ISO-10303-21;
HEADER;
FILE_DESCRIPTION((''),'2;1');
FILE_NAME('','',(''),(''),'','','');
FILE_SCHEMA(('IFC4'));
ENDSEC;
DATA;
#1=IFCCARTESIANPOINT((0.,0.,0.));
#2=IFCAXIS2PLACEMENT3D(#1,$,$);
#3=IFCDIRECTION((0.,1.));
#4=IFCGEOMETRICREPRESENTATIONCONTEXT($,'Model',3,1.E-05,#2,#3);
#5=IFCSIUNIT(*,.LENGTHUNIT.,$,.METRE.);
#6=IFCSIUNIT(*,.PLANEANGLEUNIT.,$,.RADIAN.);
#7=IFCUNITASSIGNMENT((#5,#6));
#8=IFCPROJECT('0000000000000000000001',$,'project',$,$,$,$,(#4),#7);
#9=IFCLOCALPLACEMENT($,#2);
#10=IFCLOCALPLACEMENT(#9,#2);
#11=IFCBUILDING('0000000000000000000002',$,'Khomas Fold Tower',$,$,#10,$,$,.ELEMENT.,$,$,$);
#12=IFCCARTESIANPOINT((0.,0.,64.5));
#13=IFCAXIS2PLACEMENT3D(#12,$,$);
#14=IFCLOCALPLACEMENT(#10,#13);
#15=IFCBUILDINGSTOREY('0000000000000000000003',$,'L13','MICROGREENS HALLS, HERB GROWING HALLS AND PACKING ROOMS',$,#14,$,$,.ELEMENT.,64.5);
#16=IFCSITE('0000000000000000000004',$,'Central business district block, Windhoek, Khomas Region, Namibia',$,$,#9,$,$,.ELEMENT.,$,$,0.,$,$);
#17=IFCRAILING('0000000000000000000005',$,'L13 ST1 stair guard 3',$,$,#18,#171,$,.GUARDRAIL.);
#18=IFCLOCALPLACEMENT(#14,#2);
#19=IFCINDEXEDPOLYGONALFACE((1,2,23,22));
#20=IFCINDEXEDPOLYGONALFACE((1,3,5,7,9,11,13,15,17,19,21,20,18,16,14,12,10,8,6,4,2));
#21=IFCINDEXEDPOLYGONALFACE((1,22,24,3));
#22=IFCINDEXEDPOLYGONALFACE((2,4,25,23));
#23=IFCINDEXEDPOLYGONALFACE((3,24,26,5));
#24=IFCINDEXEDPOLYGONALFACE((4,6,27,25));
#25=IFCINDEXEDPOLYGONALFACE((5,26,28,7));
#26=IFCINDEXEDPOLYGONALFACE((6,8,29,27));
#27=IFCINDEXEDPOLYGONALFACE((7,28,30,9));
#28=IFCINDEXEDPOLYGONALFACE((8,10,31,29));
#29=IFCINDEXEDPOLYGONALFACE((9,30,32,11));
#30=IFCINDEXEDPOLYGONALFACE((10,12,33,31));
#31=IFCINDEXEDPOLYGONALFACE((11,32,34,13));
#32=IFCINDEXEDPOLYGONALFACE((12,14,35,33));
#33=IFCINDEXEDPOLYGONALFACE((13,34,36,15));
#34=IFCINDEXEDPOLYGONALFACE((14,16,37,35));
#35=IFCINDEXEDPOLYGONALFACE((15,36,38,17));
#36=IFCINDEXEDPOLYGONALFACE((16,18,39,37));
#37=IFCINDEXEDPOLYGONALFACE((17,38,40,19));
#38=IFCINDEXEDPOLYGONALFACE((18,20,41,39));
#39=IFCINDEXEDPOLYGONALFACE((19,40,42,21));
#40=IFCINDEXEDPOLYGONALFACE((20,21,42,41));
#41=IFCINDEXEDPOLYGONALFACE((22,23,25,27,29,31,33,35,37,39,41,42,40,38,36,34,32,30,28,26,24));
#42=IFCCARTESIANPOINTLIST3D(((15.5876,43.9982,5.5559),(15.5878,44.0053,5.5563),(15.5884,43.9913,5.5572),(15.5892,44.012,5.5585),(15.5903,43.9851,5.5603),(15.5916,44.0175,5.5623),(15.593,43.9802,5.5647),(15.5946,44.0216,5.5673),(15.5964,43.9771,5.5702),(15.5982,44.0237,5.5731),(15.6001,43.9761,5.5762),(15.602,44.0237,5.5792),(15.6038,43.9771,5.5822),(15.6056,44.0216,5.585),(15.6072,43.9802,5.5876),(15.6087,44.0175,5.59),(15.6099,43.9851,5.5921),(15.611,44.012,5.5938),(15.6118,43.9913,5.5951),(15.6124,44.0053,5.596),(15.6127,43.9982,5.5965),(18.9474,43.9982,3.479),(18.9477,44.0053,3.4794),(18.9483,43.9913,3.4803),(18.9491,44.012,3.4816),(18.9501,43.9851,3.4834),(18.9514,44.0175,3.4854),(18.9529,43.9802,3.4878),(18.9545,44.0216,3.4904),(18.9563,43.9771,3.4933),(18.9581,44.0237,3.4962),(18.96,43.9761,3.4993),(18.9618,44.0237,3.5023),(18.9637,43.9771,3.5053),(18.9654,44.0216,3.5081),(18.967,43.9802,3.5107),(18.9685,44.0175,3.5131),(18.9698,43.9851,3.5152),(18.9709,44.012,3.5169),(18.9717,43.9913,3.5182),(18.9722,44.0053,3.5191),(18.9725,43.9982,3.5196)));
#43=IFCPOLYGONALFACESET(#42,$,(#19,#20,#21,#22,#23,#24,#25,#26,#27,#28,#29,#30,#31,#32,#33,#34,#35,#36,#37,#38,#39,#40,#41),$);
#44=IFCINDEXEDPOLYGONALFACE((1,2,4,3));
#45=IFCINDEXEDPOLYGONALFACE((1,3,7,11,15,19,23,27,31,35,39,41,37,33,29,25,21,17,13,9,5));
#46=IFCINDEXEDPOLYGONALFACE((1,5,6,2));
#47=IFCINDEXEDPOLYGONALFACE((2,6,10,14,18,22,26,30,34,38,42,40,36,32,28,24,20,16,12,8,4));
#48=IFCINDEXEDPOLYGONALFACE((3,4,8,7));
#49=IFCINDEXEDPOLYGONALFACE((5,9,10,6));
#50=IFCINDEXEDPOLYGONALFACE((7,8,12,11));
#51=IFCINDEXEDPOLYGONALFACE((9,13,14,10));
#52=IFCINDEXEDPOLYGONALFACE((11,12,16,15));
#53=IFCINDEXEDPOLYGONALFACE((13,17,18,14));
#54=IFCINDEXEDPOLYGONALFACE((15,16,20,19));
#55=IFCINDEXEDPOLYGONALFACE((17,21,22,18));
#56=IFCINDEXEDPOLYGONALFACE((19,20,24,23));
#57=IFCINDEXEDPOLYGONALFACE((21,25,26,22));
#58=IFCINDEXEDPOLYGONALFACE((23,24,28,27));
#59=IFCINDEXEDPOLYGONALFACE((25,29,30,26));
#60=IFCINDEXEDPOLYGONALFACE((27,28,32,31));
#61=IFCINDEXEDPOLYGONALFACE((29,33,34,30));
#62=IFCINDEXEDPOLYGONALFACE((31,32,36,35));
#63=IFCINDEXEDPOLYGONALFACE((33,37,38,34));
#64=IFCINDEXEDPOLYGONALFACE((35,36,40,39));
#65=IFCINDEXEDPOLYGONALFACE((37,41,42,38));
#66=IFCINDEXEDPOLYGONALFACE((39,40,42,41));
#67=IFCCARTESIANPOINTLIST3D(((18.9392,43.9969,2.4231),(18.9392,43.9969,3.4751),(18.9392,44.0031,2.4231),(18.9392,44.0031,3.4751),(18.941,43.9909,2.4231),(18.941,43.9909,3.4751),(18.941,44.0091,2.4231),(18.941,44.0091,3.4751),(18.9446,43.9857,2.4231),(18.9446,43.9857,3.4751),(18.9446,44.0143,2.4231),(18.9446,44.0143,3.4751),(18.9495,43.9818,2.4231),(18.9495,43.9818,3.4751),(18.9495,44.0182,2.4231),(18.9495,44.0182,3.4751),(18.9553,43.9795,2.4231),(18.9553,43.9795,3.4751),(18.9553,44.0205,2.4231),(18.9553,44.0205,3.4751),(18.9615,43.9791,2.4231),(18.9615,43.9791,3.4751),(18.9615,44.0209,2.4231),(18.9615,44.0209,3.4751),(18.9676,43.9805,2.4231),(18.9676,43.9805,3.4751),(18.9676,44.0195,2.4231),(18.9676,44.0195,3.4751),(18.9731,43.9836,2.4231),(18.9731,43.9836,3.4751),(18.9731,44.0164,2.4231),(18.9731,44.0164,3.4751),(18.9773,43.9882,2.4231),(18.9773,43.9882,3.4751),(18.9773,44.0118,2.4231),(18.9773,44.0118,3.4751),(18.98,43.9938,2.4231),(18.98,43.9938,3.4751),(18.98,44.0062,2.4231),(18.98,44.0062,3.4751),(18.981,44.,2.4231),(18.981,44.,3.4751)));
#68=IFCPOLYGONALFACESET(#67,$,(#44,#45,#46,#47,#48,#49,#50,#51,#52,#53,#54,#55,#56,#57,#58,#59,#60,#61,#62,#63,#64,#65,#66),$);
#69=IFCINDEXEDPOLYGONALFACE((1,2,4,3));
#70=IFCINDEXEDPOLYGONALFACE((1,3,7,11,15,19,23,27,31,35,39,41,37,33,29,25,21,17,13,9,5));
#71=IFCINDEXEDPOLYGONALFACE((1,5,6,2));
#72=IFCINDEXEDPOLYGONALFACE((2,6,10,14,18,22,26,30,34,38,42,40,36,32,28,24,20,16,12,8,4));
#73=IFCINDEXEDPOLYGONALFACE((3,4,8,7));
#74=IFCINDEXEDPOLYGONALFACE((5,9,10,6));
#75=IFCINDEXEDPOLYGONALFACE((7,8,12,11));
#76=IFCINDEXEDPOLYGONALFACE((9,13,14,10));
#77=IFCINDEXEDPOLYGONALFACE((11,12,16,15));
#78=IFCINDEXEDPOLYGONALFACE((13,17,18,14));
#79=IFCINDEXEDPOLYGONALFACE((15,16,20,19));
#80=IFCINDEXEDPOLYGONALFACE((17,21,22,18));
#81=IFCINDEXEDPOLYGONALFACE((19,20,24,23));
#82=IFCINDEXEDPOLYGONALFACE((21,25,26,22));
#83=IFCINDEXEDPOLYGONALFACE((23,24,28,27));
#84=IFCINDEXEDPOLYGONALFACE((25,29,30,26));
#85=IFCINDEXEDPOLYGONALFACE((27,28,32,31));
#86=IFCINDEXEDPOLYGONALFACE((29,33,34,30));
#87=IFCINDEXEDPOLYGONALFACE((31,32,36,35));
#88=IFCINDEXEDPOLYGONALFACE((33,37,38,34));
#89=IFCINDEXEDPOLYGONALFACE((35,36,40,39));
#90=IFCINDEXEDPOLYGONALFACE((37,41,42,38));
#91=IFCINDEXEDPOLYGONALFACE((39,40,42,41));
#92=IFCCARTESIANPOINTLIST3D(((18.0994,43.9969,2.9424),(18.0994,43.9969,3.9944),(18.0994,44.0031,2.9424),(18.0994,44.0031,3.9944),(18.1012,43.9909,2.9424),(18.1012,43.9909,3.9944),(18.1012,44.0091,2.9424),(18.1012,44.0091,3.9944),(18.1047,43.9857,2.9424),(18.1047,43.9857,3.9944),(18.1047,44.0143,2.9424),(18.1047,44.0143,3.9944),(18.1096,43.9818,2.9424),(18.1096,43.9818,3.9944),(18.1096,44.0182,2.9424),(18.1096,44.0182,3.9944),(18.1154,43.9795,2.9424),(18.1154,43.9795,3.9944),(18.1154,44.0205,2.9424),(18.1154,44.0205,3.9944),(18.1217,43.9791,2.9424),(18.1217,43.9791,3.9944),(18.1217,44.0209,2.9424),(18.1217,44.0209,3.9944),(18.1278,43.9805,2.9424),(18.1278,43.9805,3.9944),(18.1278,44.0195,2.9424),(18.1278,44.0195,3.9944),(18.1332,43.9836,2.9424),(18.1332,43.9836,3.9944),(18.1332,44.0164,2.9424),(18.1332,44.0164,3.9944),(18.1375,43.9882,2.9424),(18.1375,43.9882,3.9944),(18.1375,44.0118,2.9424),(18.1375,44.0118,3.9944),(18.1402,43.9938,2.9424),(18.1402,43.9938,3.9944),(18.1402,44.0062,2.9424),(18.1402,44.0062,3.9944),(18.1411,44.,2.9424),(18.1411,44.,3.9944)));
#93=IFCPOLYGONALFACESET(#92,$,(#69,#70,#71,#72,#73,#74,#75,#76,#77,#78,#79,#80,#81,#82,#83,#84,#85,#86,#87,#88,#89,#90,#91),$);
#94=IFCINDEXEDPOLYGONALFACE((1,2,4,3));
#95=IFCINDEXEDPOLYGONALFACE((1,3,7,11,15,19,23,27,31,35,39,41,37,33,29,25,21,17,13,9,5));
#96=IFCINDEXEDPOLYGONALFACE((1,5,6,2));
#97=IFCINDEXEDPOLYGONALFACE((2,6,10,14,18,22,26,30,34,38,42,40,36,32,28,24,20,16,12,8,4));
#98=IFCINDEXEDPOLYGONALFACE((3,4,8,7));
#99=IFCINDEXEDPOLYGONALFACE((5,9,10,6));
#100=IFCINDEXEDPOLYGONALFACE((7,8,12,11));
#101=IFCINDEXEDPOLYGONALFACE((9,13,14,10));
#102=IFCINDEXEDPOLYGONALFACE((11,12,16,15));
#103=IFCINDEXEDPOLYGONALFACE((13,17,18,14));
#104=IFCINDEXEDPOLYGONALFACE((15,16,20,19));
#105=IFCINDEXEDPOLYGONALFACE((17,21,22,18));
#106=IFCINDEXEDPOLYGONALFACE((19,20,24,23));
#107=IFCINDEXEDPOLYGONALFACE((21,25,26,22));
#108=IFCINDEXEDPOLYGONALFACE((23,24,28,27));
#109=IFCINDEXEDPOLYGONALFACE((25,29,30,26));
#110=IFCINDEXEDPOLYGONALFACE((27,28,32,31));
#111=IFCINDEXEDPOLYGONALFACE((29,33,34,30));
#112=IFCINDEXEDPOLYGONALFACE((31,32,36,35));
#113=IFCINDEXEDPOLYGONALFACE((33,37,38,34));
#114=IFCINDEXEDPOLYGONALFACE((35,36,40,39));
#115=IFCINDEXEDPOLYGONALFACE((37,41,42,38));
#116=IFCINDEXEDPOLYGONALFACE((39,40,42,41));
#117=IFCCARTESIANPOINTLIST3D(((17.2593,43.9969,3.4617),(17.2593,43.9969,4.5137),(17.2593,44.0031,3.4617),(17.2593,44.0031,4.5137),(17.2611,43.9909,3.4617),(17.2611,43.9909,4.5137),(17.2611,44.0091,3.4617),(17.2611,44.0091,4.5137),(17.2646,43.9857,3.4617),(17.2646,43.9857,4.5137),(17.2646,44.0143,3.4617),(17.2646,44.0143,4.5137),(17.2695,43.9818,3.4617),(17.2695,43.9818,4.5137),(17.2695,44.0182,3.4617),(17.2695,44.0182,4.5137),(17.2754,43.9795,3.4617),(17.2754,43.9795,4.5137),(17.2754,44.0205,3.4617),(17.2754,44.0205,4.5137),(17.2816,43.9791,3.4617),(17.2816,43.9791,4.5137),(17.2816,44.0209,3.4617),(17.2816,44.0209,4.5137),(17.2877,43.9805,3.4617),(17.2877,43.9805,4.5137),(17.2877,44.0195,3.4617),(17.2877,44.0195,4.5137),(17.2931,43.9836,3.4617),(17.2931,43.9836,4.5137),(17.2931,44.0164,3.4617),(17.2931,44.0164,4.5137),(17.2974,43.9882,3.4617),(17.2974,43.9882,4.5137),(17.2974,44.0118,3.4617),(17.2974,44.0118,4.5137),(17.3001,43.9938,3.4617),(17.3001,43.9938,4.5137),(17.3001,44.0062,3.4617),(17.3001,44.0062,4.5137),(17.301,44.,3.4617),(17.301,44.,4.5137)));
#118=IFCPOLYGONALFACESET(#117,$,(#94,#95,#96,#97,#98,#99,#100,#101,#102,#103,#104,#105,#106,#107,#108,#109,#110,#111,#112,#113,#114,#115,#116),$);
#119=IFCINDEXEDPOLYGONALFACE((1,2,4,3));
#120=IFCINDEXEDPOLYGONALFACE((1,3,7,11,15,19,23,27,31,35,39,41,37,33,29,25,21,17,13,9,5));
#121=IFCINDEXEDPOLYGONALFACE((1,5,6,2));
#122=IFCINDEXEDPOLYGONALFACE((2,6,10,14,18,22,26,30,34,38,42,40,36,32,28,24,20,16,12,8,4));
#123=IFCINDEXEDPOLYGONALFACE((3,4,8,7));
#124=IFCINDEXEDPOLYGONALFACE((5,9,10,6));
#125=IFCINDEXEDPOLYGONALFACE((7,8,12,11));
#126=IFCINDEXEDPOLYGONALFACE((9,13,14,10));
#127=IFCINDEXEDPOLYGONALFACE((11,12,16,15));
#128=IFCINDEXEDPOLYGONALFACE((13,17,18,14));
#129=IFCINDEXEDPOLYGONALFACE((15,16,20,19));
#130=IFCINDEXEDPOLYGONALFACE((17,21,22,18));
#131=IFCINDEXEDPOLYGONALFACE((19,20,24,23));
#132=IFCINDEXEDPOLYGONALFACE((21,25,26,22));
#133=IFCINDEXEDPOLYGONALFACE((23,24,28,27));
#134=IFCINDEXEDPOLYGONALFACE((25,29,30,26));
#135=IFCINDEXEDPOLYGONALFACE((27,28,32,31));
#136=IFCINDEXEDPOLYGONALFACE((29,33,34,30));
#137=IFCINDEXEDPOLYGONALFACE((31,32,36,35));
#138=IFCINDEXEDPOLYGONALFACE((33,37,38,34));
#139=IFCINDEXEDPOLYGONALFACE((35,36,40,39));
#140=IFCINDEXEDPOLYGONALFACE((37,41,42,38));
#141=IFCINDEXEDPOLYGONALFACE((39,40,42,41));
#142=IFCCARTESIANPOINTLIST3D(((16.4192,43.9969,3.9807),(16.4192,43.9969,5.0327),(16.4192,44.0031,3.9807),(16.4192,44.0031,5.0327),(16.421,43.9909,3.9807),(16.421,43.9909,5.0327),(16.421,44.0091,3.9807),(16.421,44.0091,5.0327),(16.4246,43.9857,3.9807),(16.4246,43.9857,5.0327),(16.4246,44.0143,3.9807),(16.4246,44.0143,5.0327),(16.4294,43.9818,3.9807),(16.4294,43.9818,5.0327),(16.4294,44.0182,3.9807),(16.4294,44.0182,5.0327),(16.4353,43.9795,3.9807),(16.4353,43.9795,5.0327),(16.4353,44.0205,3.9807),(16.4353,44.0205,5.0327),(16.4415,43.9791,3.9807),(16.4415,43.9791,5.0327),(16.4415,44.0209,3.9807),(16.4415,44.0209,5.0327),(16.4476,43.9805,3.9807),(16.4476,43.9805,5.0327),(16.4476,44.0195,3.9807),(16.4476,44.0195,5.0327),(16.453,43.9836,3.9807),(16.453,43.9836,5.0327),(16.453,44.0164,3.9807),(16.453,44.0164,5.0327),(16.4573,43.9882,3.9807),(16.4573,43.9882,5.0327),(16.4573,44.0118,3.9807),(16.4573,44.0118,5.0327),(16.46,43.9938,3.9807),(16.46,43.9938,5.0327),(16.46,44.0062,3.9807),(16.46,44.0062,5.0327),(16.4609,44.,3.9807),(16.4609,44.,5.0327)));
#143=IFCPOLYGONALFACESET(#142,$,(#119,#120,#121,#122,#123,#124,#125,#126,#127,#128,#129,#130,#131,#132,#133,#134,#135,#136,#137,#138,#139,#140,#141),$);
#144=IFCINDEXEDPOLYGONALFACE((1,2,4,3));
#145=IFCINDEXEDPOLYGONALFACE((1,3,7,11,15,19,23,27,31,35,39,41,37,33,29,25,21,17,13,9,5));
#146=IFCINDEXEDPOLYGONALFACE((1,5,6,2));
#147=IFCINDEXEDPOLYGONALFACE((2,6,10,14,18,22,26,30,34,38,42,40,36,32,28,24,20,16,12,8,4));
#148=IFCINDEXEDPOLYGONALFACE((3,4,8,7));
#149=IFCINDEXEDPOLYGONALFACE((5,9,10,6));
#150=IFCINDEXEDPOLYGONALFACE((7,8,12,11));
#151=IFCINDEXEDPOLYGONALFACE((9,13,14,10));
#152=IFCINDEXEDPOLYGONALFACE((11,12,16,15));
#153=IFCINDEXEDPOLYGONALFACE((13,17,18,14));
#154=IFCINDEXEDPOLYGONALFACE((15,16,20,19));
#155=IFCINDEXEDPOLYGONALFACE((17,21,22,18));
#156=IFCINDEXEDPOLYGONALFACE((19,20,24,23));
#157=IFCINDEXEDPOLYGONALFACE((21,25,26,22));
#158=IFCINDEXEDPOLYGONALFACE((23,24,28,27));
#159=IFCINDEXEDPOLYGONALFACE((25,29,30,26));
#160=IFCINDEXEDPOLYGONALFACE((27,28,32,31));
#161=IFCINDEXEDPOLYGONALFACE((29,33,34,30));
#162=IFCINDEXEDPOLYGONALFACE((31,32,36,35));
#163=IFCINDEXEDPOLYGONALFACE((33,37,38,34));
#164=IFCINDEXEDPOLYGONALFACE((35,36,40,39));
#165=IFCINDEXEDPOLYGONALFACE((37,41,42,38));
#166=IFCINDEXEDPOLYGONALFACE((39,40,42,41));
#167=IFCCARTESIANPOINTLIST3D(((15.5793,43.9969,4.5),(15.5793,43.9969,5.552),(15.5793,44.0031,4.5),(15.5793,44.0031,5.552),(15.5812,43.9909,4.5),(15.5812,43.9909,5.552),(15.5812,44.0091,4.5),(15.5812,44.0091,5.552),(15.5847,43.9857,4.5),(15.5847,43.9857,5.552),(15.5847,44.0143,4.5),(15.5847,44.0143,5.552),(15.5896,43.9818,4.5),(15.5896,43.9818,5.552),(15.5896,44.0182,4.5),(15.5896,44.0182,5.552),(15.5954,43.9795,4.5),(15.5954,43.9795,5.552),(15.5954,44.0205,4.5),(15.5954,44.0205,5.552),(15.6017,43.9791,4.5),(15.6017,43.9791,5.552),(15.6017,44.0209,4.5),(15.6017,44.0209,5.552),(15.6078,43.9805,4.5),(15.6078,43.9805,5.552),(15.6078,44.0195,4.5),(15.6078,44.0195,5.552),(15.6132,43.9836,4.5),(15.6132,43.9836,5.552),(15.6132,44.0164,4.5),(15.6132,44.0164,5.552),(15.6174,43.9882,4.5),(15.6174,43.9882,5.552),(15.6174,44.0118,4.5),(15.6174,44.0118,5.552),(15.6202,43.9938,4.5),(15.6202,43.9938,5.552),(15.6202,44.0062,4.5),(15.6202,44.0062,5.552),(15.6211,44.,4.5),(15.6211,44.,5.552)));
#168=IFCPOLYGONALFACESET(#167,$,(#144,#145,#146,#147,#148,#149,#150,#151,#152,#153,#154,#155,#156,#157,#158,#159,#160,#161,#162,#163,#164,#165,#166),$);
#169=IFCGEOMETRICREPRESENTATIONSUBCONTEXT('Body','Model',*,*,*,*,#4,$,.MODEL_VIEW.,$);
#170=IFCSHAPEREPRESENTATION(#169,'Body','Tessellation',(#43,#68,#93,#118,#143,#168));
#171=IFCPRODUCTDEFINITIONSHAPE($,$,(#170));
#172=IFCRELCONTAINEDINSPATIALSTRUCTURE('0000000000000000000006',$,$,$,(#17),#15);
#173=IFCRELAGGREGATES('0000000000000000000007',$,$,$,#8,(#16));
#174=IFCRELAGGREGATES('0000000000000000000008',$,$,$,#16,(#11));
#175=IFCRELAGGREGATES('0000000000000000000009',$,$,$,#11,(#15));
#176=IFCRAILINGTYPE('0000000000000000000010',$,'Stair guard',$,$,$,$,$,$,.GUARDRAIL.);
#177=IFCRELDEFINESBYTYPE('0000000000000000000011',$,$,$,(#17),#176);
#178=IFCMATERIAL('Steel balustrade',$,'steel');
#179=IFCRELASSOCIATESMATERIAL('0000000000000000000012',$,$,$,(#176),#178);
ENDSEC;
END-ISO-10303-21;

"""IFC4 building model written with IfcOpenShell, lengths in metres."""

from ifc_helpers import new_model, si_unit, direction, frame, origin, origin_2d, place, context, subcontext, project, spatial, circle, extrude, source, transform, mapped, material, type_object, element, save


model = new_model("IFC4")

# Units and contexts
model_context = context("Model", 3, precision=1e-05, world=origin(), true_north=direction((0.0, 1.0)))
body_context = subcontext(model_context, "Body", "Model", "MODEL_VIEW")
ifc_project = project(units=[si_unit("LENGTHUNIT", "METRE"), si_unit("PLANEANGLEUNIT", "RADIAN")], contexts=[model_context])

# Site, building, storey
site_placement = place(None, origin())
site = spatial("IfcSite", under=ifc_project, at=site_placement, Name="Central business district block, Windhoek, Khomas Region, Namibia", CompositionType="ELEMENT", RefElevation=0.0)
building_placement = place(site_placement, origin())
building = spatial("IfcBuilding", under=site, at=building_placement, Name="Khomas Fold Tower", CompositionType="ELEMENT")
storey_placement = place(building_placement, frame((0.0, 0.0, 64.5)))
storey = spatial("IfcBuildingStorey", under=building, at=storey_placement, Name="L13", Description="MICROGREENS HALLS, HERB GROWING HALLS AND PACKING ROOMS", CompositionType="ELEMENT", Elevation=64.5)

# Railing
ifc_material_1 = material(Name="Steel balustrade", Category="steel")
railing_type_1 = type_object("IfcRailingType", Name="Stair guard", PredefinedType="GUARDRAIL", material=ifc_material_1)
shared_shape_1 = source(origin(), body_context, "Body", "SweptSolid", [
    extrude(circle(Radius=0.0239, at=origin_2d()), frame((0.0, 0.0, 1.0762), z_axis=(-0.850606, 0.0, 0.525803), x_axis=(0.0, -1.0, 0.0)), (0.0, 0.0, 1.0), 3.95),
    extrude(circle(Radius=0.021, at=origin_2d()), origin(), (0.0, 0.0, 1.0), 1.052),
    extrude(circle(Radius=0.021, at=origin_2d()), frame((-0.8398, 0.0, 0.5193)), (0.0, 0.0, 1.0), 1.052),
    extrude(circle(Radius=0.021, at=origin_2d()), frame((-1.6799, 0.0, 1.0386)), (0.0, 0.0, 1.0), 1.052),
    extrude(circle(Radius=0.021, at=origin_2d()), frame((-2.52, 0.0, 1.5576)), (0.0, 0.0, 1.0), 1.052),
    extrude(circle(Radius=0.021, at=origin_2d()), frame((-3.3599, 0.0, 2.0769)), (0.0, 0.0, 1.0), 1.052),
])
railing_1_placement = place(storey_placement, frame((18.96, 44.0, 2.4231)))
element("IfcRailing", 1, at=railing_1_placement, inside=storey, type_object=railing_type_1, Name="L13 ST1 stair guard 3", PredefinedType="GUARDRAIL", context=body_context, shape_type="MappedRepresentation", body=[
    mapped(shared_shape_1, transform((0.0, 0.0, 0.0))),
])

save(model, "model.ifc")
